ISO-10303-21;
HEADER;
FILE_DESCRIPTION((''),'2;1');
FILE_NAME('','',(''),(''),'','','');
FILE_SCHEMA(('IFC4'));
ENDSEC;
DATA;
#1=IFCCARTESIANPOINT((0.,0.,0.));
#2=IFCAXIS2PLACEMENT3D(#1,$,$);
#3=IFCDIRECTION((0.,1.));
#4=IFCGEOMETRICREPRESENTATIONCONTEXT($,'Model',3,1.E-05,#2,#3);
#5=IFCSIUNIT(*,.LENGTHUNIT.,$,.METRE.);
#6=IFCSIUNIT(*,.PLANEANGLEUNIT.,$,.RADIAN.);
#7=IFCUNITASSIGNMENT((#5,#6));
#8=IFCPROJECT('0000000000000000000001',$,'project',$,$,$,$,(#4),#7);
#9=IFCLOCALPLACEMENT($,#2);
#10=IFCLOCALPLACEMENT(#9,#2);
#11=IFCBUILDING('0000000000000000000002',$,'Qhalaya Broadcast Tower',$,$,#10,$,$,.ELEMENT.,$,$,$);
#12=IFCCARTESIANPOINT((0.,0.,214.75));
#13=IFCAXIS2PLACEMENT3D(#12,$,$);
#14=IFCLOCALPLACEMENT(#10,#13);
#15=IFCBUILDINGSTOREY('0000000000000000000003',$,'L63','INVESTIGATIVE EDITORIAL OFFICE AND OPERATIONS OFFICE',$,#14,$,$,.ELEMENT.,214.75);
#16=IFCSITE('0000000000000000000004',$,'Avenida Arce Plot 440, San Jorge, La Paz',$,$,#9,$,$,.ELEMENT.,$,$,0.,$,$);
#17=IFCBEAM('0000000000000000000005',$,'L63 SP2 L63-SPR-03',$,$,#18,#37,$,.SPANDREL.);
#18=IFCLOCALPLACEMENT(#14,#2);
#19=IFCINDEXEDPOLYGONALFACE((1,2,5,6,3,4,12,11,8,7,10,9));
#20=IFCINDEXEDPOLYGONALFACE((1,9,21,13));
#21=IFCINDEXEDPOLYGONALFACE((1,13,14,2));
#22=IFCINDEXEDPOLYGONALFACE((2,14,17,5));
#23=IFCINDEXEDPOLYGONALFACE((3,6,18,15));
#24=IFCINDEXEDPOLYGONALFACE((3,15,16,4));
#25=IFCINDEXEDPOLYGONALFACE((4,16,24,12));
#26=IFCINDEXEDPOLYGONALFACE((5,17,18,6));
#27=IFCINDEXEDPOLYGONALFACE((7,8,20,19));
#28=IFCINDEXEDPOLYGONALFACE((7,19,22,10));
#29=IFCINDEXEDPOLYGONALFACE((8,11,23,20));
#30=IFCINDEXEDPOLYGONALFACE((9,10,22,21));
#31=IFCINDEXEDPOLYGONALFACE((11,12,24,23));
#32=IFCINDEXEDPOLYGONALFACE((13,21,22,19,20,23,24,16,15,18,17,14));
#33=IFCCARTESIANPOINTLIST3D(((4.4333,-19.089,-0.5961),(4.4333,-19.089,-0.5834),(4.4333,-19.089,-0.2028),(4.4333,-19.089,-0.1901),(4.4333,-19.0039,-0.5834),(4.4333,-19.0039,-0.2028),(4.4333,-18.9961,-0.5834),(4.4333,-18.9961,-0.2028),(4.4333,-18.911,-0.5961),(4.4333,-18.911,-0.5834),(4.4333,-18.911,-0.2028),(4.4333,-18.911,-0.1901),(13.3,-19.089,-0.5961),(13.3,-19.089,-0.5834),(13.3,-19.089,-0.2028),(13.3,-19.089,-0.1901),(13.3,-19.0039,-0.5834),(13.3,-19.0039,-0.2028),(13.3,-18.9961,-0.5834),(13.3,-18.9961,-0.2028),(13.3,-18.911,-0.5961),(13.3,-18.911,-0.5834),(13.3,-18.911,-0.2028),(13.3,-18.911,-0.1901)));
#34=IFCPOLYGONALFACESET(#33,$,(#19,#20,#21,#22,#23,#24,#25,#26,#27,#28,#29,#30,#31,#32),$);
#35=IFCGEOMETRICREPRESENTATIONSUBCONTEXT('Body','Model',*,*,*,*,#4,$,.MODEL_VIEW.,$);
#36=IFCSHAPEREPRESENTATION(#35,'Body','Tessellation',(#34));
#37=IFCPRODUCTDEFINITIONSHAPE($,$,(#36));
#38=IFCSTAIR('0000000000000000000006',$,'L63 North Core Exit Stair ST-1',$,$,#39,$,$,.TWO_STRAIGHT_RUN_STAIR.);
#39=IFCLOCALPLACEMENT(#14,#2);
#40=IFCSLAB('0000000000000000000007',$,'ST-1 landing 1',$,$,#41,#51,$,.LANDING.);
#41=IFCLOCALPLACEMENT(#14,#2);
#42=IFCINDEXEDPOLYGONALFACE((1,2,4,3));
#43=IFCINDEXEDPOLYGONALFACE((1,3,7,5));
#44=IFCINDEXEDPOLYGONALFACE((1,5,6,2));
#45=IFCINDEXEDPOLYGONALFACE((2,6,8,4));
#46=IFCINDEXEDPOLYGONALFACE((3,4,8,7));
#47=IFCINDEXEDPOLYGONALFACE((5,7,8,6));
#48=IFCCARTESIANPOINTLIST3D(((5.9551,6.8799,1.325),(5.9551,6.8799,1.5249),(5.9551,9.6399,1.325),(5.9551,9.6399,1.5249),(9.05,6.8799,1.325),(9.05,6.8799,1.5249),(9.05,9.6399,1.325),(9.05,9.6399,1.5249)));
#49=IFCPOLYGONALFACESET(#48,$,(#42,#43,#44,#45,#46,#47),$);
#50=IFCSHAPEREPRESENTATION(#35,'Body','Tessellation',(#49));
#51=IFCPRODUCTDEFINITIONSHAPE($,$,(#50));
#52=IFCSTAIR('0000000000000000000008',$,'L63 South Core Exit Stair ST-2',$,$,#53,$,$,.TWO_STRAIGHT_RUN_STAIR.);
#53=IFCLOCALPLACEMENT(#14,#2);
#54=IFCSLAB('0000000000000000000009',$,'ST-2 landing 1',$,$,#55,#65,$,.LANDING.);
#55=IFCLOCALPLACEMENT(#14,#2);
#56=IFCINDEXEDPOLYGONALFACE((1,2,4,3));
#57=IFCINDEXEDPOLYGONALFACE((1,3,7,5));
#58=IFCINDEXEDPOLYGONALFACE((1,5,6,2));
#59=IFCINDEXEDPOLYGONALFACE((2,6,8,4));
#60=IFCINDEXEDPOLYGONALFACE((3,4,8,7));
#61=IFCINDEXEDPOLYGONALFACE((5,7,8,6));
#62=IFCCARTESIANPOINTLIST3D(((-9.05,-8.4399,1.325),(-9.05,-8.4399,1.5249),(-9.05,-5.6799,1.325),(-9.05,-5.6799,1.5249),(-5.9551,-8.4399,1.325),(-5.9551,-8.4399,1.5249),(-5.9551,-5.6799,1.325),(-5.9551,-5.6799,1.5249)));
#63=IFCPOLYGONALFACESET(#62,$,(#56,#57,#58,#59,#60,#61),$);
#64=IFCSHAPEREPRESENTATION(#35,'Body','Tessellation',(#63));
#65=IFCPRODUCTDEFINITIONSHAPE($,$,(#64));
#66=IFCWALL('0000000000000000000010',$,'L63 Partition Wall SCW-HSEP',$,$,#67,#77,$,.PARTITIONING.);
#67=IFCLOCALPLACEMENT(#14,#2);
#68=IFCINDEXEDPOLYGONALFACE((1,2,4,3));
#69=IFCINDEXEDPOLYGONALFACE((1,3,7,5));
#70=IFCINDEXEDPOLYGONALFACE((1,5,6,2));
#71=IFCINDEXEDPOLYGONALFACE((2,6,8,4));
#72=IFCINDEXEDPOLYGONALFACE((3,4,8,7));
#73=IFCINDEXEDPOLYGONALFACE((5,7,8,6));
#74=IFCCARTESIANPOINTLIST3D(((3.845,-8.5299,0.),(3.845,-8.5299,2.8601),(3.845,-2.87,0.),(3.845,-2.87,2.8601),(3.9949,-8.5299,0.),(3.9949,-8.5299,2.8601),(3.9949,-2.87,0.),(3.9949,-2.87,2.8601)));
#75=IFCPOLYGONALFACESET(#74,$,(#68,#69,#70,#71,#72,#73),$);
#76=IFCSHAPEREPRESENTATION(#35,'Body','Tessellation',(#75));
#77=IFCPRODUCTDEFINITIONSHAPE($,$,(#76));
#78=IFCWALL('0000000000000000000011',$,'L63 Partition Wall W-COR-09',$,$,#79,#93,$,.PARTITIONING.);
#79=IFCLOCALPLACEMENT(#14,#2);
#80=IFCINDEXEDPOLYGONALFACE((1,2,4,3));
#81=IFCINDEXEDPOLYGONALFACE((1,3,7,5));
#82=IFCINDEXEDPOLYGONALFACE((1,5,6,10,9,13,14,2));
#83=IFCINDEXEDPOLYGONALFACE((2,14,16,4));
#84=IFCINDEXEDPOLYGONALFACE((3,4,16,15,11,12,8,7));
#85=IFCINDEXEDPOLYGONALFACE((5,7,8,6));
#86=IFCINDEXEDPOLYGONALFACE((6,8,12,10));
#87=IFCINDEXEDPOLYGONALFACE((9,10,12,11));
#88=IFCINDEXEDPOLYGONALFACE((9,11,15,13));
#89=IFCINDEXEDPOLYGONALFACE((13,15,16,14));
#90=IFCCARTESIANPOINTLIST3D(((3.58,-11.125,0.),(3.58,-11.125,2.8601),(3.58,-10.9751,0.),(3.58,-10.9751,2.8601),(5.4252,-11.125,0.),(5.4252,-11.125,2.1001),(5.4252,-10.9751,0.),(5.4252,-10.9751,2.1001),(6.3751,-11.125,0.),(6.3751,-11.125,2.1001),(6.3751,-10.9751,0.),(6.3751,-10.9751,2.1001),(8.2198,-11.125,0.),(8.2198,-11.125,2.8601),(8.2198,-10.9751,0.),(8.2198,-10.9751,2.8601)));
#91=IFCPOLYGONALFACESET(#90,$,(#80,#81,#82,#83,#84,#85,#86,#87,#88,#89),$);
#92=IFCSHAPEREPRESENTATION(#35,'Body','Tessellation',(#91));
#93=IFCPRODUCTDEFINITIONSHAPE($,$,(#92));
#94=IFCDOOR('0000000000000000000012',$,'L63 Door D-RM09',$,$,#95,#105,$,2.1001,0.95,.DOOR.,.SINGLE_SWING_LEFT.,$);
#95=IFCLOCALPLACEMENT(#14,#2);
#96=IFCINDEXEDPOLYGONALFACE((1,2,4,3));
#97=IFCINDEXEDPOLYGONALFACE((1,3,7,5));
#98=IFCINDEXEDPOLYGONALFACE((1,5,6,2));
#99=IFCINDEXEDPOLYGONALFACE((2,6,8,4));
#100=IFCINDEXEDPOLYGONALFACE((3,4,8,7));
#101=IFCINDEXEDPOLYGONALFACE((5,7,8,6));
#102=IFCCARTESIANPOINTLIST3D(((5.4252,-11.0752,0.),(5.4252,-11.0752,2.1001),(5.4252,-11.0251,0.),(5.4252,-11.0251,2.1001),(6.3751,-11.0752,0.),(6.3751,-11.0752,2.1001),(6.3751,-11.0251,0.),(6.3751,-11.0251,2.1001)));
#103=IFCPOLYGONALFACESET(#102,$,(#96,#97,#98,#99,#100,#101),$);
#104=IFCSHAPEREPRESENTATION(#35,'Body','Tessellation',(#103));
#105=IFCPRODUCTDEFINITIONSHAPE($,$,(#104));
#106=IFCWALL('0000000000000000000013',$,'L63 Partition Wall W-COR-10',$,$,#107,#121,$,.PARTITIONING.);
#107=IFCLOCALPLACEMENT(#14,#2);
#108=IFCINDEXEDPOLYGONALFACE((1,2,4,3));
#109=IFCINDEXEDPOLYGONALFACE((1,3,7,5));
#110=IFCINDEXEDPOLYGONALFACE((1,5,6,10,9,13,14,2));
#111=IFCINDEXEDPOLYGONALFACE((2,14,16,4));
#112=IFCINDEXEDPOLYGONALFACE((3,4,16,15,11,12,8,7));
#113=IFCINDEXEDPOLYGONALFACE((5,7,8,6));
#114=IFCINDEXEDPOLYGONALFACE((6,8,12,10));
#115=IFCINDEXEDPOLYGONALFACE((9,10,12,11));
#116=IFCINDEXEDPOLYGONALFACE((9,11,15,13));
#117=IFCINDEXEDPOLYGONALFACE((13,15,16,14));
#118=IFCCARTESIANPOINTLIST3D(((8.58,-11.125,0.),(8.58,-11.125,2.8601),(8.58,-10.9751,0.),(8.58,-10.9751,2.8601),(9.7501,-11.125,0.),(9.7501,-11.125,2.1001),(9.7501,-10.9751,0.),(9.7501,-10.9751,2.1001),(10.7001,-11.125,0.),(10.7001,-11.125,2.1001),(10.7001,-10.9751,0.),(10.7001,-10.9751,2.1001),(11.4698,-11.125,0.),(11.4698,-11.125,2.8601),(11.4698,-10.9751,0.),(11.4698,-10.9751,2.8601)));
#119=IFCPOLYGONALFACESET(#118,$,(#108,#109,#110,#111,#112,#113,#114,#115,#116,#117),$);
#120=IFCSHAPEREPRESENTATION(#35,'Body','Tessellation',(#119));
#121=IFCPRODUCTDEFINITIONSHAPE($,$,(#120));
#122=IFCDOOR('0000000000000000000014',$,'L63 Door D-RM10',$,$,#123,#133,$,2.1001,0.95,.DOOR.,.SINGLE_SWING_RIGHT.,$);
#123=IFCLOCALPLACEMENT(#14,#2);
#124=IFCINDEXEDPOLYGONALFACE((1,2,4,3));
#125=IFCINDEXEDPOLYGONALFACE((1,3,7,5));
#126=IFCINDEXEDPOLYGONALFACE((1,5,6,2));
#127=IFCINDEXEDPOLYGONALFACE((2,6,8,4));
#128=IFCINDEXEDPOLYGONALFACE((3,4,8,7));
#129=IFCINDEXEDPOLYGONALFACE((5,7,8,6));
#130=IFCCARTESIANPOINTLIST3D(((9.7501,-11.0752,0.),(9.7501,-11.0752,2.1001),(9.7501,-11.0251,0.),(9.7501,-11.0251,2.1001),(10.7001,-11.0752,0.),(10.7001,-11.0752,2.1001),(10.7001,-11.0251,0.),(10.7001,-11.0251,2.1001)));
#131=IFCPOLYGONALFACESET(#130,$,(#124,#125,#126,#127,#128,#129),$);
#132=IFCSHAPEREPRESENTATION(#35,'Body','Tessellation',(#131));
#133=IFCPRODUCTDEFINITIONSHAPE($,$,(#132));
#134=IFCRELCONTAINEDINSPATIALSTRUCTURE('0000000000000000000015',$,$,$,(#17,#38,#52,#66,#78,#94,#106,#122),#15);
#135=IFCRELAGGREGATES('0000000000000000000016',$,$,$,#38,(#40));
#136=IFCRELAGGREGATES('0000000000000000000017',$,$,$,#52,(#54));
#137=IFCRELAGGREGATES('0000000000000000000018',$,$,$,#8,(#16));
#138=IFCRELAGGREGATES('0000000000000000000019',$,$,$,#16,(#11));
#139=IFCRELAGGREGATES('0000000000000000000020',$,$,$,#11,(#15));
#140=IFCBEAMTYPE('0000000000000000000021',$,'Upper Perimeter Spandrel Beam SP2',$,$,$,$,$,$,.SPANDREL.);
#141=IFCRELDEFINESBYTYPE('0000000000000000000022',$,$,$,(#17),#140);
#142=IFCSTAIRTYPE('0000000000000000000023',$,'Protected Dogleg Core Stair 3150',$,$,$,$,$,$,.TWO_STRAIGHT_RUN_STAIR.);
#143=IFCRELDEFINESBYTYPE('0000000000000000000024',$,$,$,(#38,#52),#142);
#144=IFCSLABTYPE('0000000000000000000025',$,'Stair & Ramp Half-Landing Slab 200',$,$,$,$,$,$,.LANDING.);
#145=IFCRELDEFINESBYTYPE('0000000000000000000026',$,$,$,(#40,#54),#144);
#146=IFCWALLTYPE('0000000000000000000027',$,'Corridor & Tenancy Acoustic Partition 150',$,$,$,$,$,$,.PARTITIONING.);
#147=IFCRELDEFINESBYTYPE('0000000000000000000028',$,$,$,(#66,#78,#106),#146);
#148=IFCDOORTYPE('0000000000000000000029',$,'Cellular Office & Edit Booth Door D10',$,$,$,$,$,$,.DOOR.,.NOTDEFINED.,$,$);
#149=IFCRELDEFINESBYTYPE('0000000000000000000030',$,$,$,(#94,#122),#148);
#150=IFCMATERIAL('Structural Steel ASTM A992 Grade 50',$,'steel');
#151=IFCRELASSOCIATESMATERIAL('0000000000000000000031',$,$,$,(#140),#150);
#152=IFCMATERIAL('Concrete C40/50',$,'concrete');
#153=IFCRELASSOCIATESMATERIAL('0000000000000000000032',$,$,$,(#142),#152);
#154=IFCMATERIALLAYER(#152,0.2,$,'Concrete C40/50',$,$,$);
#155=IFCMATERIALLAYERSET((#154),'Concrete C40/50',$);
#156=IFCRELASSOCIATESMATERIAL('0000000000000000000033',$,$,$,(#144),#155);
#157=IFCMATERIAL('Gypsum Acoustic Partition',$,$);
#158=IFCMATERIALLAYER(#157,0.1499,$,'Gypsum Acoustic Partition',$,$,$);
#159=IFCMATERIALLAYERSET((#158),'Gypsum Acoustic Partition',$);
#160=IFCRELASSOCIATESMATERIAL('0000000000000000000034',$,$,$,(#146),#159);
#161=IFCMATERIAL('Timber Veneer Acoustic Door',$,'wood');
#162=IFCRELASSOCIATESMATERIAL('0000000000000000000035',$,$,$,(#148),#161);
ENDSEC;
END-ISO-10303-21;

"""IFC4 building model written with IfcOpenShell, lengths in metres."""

from ifc_helpers import new_model, si_unit, direction, frame, frame_2d, origin, origin_2d, place, context, subcontext, project, spatial, polyline, rectangle, i_section, outline, extrude, material, layer, layer_set, material_profile, profile_set, type_object, element, fill, aggregate, save


model = new_model("IFC4")

# Units and contexts
model_context = context("Model", 3, precision=1e-05, world=origin(), true_north=direction((0.0, 1.0)))
body_context = subcontext(model_context, "Body", "Model", "MODEL_VIEW")
ifc_project = project(units=[si_unit("LENGTHUNIT", "METRE"), si_unit("PLANEANGLEUNIT", "RADIAN")], contexts=[model_context])

# Site, building, storey
site_placement = place(None, origin())
site = spatial("IfcSite", under=ifc_project, at=site_placement, Name="Avenida Arce Plot 440, San Jorge, La Paz", CompositionType="ELEMENT", RefElevation=0.0)
building_placement = place(site_placement, origin())
building = spatial("IfcBuilding", under=site, at=building_placement, Name="Qhalaya Broadcast Tower", CompositionType="ELEMENT")
storey_placement = place(building_placement, frame((0.0, 0.0, 214.75)))
storey = spatial("IfcBuildingStorey", under=building, at=storey_placement, Name="L63", Description="INVESTIGATIVE EDITORIAL OFFICE AND OPERATIONS OFFICE", CompositionType="ELEMENT", Elevation=214.75)

# Beam
ifc_material_1 = material(Name="Structural Steel ASTM A992 Grade 50", Category="steel")
ifc_material_profile_1 = material_profile(ifc_material_1, i_section(OverallWidth=0.178, OverallDepth=0.406, WebThickness=0.0078, FlangeThickness=0.0127, at=origin_2d()), Name="W16X40")
ifc_profile_set_1 = profile_set([ifc_material_profile_1], Name="Structural Steel ASTM A992 Grade 50")
beam_type_1 = type_object("IfcBeamType", Name="Upper Perimeter Spandrel Beam SP2", PredefinedType="SPANDREL", material=ifc_profile_set_1)
beam_1_placement = place(storey_placement, frame((4.4333, -19.0, -0.3931), z_axis=(1.0, 0.0, 0.0), x_axis=(0.0, 1.0, 0.0)))
element("IfcBeam", 1, at=beam_1_placement, inside=storey, type_object=beam_type_1, Name="L63 SP2 L63-SPR-03", PredefinedType="SPANDREL", context=body_context, shape_type="SweptSolid", body=[
    extrude(i_section(OverallWidth=0.178, OverallDepth=0.406, WebThickness=0.0078, FlangeThickness=0.0127, at=origin_2d()), origin(), (0.0, 0.0, 1.0), 8.8667),
])

# Stairs, slabs
ifc_material_2 = material(Name="Concrete C40/50", Category="concrete")
stair_type = type_object("IfcStairType", Name="Protected Dogleg Core Stair 3150", PredefinedType="TWO_STRAIGHT_RUN_STAIR", material=ifc_material_2)
stair_1_placement = place(storey_placement, origin())
stair_1 = element("IfcStair", 2, at=stair_1_placement, inside=storey, type_object=stair_type, Name="L63 North Core Exit Stair ST-1", PredefinedType="TWO_STRAIGHT_RUN_STAIR")
ifc_layer_1 = layer(ifc_material_2, 0.2, Name="Concrete C40/50")
ifc_layer_set_1 = layer_set([ifc_layer_1], Name="Concrete C40/50")
slab_type = type_object("IfcSlabType", Name="Stair & Ramp Half-Landing Slab 200", PredefinedType="LANDING", material=ifc_layer_set_1)
slab_1_placement = place(storey_placement, frame((0.0, 0.0, 1.325)))
slab_1 = element("IfcSlab", 3, at=slab_1_placement, type_object=slab_type, Name="ST-1 landing 1", PredefinedType="LANDING", context=body_context, shape_type="SweptSolid", body=[
    extrude(outline(polyline([(5.9551, 6.8799), (9.05, 6.8799), (9.05, 9.6399), (5.9551, 9.6399), (5.9551, 6.8799)])), origin(), (0.0, 0.0, 1.0), 0.2),
])
aggregate(stair_1, [slab_1])
stair_2_placement = place(storey_placement, origin())
stair_2 = element("IfcStair", 4, at=stair_2_placement, inside=storey, type_object=stair_type, Name="L63 South Core Exit Stair ST-2", PredefinedType="TWO_STRAIGHT_RUN_STAIR")
slab_2_placement = place(storey_placement, frame((0.0, 0.0, 1.325)))
slab_2 = element("IfcSlab", 5, at=slab_2_placement, type_object=slab_type, Name="ST-2 landing 1", PredefinedType="LANDING", context=body_context, shape_type="SweptSolid", body=[
    extrude(outline(polyline([(-5.9551, -5.6799), (-9.05, -5.6799), (-9.05, -8.4399), (-5.9551, -8.4399), (-5.9551, -5.6799)])), origin(), (0.0, 0.0, 1.0), 0.2),
])
aggregate(stair_2, [slab_2])

# Wall
ifc_material_3 = material(Name="Gypsum Acoustic Partition")
ifc_layer_2 = layer(ifc_material_3, 0.1499, Name="Gypsum Acoustic Partition")
ifc_layer_set_2 = layer_set([ifc_layer_2], Name="Gypsum Acoustic Partition")
wall_type_1 = type_object("IfcWallType", Name="Corridor & Tenancy Acoustic Partition 150", PredefinedType="PARTITIONING", material=ifc_layer_set_2)
wall_1_placement = place(storey_placement, frame((3.9199, -8.53, 0.0), z_axis=(0.0, 0.0, 1.0), x_axis=(0.0, 1.0, 0.0)))
element("IfcWall", 6, at=wall_1_placement, inside=storey, type_object=wall_type_1, Name="L63 Partition Wall SCW-HSEP", PredefinedType="PARTITIONING", context=body_context, shape_type="SweptSolid", body=[
    extrude(rectangle(XDim=5.6599, YDim=0.1499, at=frame_2d((2.8301, 0.0))), origin(), (0.0, 0.0, 1.0), 2.8601),
])

# Walls, openings, doors
wall_2_placement = place(storey_placement, frame((3.5801, -11.05, 0.0), z_axis=(0.0, 0.0, 1.0), x_axis=(1.0, 0.0, 0.0)))
wall_2 = element("IfcWall", 7, at=wall_2_placement, inside=storey, type_object=wall_type_1, Name="L63 Partition Wall W-COR-09", PredefinedType="PARTITIONING", context=body_context, shape_type="SweptSolid", body=[
    extrude(rectangle(XDim=4.6399, YDim=0.1499, at=frame_2d((2.3198, 0.0))), origin(), (0.0, 0.0, 1.0), 2.8601),
])
opening_1_placement = place(wall_2_placement, frame((1.845, 0.0, 0.0)))
opening_1 = element("IfcOpeningElement", 8, at=opening_1_placement, cuts=wall_2, PredefinedType="OPENING", context=body_context, shape_type="SweptSolid", body=[
    extrude(rectangle(XDim=0.95, YDim=2.1001, at=frame_2d((0.4751, 1.05))), frame((0.0, 0.0869, 0.0), z_axis=(0.0, -1.0, 0.0), x_axis=(1.0, 0.0, 0.0)), (0.0, 0.0, 1.0), 0.1738),
])
ifc_material_4 = material(Name="Timber Veneer Acoustic Door", Category="wood")
door_type_1 = type_object("IfcDoorType", Name="Cellular Office & Edit Booth Door D10", OperationType="NOTDEFINED", PredefinedType="DOOR", material=ifc_material_4)
door_1_placement = place(opening_1_placement, origin())
door_1 = element("IfcDoor", 9, at=door_1_placement, inside=storey, type_object=door_type_1, Name="L63 Door D-RM09", OperationType="SINGLE_SWING_LEFT", OverallHeight=2.1001, OverallWidth=0.95, PredefinedType="DOOR", context=body_context, shape_type="SweptSolid", body=[
    extrude(rectangle(XDim=0.95, YDim=2.1001, at=frame_2d((0.4751, 1.05))), frame((0.0, 0.0249, 0.0), z_axis=(0.0, -1.0, 0.0), x_axis=(1.0, 0.0, 0.0)), (0.0, 0.0, 1.0), 0.05),
])
fill(opening_1, door_1)
wall_3_placement = place(storey_placement, frame((8.5801, -11.05, 0.0), z_axis=(0.0, 0.0, 1.0), x_axis=(1.0, 0.0, 0.0)))
wall_3 = element("IfcWall", 10, at=wall_3_placement, inside=storey, type_object=wall_type_1, Name="L63 Partition Wall W-COR-10", PredefinedType="PARTITIONING", context=body_context, shape_type="SweptSolid", body=[
    extrude(rectangle(XDim=2.8899, YDim=0.1499, at=frame_2d((1.4448, 0.0))), origin(), (0.0, 0.0, 1.0), 2.8601),
])
opening_2_placement = place(wall_3_placement, frame((1.1699, 0.0, 0.0)))
opening_2 = element("IfcOpeningElement", 11, at=opening_2_placement, cuts=wall_3, PredefinedType="OPENING", context=body_context, shape_type="SweptSolid", body=[
    extrude(rectangle(XDim=0.95, YDim=2.1001, at=frame_2d((0.4751, 1.05))), frame((0.0, 0.0869, 0.0), z_axis=(0.0, -1.0, 0.0), x_axis=(1.0, 0.0, 0.0)), (0.0, 0.0, 1.0), 0.1738),
])
door_2_placement = place(opening_2_placement, origin())
door_2 = element("IfcDoor", 12, at=door_2_placement, inside=storey, type_object=door_type_1, Name="L63 Door D-RM10", OperationType="SINGLE_SWING_RIGHT", OverallHeight=2.1001, OverallWidth=0.95, PredefinedType="DOOR", context=body_context, shape_type="SweptSolid", body=[
    extrude(rectangle(XDim=0.95, YDim=2.1001, at=frame_2d((0.4751, 1.05))), frame((0.0, 0.0249, 0.0), z_axis=(0.0, -1.0, 0.0), x_axis=(1.0, 0.0, 0.0)), (0.0, 0.0, 1.0), 0.05),
])
fill(opening_2, door_2)

save(model, "model.ifc")
